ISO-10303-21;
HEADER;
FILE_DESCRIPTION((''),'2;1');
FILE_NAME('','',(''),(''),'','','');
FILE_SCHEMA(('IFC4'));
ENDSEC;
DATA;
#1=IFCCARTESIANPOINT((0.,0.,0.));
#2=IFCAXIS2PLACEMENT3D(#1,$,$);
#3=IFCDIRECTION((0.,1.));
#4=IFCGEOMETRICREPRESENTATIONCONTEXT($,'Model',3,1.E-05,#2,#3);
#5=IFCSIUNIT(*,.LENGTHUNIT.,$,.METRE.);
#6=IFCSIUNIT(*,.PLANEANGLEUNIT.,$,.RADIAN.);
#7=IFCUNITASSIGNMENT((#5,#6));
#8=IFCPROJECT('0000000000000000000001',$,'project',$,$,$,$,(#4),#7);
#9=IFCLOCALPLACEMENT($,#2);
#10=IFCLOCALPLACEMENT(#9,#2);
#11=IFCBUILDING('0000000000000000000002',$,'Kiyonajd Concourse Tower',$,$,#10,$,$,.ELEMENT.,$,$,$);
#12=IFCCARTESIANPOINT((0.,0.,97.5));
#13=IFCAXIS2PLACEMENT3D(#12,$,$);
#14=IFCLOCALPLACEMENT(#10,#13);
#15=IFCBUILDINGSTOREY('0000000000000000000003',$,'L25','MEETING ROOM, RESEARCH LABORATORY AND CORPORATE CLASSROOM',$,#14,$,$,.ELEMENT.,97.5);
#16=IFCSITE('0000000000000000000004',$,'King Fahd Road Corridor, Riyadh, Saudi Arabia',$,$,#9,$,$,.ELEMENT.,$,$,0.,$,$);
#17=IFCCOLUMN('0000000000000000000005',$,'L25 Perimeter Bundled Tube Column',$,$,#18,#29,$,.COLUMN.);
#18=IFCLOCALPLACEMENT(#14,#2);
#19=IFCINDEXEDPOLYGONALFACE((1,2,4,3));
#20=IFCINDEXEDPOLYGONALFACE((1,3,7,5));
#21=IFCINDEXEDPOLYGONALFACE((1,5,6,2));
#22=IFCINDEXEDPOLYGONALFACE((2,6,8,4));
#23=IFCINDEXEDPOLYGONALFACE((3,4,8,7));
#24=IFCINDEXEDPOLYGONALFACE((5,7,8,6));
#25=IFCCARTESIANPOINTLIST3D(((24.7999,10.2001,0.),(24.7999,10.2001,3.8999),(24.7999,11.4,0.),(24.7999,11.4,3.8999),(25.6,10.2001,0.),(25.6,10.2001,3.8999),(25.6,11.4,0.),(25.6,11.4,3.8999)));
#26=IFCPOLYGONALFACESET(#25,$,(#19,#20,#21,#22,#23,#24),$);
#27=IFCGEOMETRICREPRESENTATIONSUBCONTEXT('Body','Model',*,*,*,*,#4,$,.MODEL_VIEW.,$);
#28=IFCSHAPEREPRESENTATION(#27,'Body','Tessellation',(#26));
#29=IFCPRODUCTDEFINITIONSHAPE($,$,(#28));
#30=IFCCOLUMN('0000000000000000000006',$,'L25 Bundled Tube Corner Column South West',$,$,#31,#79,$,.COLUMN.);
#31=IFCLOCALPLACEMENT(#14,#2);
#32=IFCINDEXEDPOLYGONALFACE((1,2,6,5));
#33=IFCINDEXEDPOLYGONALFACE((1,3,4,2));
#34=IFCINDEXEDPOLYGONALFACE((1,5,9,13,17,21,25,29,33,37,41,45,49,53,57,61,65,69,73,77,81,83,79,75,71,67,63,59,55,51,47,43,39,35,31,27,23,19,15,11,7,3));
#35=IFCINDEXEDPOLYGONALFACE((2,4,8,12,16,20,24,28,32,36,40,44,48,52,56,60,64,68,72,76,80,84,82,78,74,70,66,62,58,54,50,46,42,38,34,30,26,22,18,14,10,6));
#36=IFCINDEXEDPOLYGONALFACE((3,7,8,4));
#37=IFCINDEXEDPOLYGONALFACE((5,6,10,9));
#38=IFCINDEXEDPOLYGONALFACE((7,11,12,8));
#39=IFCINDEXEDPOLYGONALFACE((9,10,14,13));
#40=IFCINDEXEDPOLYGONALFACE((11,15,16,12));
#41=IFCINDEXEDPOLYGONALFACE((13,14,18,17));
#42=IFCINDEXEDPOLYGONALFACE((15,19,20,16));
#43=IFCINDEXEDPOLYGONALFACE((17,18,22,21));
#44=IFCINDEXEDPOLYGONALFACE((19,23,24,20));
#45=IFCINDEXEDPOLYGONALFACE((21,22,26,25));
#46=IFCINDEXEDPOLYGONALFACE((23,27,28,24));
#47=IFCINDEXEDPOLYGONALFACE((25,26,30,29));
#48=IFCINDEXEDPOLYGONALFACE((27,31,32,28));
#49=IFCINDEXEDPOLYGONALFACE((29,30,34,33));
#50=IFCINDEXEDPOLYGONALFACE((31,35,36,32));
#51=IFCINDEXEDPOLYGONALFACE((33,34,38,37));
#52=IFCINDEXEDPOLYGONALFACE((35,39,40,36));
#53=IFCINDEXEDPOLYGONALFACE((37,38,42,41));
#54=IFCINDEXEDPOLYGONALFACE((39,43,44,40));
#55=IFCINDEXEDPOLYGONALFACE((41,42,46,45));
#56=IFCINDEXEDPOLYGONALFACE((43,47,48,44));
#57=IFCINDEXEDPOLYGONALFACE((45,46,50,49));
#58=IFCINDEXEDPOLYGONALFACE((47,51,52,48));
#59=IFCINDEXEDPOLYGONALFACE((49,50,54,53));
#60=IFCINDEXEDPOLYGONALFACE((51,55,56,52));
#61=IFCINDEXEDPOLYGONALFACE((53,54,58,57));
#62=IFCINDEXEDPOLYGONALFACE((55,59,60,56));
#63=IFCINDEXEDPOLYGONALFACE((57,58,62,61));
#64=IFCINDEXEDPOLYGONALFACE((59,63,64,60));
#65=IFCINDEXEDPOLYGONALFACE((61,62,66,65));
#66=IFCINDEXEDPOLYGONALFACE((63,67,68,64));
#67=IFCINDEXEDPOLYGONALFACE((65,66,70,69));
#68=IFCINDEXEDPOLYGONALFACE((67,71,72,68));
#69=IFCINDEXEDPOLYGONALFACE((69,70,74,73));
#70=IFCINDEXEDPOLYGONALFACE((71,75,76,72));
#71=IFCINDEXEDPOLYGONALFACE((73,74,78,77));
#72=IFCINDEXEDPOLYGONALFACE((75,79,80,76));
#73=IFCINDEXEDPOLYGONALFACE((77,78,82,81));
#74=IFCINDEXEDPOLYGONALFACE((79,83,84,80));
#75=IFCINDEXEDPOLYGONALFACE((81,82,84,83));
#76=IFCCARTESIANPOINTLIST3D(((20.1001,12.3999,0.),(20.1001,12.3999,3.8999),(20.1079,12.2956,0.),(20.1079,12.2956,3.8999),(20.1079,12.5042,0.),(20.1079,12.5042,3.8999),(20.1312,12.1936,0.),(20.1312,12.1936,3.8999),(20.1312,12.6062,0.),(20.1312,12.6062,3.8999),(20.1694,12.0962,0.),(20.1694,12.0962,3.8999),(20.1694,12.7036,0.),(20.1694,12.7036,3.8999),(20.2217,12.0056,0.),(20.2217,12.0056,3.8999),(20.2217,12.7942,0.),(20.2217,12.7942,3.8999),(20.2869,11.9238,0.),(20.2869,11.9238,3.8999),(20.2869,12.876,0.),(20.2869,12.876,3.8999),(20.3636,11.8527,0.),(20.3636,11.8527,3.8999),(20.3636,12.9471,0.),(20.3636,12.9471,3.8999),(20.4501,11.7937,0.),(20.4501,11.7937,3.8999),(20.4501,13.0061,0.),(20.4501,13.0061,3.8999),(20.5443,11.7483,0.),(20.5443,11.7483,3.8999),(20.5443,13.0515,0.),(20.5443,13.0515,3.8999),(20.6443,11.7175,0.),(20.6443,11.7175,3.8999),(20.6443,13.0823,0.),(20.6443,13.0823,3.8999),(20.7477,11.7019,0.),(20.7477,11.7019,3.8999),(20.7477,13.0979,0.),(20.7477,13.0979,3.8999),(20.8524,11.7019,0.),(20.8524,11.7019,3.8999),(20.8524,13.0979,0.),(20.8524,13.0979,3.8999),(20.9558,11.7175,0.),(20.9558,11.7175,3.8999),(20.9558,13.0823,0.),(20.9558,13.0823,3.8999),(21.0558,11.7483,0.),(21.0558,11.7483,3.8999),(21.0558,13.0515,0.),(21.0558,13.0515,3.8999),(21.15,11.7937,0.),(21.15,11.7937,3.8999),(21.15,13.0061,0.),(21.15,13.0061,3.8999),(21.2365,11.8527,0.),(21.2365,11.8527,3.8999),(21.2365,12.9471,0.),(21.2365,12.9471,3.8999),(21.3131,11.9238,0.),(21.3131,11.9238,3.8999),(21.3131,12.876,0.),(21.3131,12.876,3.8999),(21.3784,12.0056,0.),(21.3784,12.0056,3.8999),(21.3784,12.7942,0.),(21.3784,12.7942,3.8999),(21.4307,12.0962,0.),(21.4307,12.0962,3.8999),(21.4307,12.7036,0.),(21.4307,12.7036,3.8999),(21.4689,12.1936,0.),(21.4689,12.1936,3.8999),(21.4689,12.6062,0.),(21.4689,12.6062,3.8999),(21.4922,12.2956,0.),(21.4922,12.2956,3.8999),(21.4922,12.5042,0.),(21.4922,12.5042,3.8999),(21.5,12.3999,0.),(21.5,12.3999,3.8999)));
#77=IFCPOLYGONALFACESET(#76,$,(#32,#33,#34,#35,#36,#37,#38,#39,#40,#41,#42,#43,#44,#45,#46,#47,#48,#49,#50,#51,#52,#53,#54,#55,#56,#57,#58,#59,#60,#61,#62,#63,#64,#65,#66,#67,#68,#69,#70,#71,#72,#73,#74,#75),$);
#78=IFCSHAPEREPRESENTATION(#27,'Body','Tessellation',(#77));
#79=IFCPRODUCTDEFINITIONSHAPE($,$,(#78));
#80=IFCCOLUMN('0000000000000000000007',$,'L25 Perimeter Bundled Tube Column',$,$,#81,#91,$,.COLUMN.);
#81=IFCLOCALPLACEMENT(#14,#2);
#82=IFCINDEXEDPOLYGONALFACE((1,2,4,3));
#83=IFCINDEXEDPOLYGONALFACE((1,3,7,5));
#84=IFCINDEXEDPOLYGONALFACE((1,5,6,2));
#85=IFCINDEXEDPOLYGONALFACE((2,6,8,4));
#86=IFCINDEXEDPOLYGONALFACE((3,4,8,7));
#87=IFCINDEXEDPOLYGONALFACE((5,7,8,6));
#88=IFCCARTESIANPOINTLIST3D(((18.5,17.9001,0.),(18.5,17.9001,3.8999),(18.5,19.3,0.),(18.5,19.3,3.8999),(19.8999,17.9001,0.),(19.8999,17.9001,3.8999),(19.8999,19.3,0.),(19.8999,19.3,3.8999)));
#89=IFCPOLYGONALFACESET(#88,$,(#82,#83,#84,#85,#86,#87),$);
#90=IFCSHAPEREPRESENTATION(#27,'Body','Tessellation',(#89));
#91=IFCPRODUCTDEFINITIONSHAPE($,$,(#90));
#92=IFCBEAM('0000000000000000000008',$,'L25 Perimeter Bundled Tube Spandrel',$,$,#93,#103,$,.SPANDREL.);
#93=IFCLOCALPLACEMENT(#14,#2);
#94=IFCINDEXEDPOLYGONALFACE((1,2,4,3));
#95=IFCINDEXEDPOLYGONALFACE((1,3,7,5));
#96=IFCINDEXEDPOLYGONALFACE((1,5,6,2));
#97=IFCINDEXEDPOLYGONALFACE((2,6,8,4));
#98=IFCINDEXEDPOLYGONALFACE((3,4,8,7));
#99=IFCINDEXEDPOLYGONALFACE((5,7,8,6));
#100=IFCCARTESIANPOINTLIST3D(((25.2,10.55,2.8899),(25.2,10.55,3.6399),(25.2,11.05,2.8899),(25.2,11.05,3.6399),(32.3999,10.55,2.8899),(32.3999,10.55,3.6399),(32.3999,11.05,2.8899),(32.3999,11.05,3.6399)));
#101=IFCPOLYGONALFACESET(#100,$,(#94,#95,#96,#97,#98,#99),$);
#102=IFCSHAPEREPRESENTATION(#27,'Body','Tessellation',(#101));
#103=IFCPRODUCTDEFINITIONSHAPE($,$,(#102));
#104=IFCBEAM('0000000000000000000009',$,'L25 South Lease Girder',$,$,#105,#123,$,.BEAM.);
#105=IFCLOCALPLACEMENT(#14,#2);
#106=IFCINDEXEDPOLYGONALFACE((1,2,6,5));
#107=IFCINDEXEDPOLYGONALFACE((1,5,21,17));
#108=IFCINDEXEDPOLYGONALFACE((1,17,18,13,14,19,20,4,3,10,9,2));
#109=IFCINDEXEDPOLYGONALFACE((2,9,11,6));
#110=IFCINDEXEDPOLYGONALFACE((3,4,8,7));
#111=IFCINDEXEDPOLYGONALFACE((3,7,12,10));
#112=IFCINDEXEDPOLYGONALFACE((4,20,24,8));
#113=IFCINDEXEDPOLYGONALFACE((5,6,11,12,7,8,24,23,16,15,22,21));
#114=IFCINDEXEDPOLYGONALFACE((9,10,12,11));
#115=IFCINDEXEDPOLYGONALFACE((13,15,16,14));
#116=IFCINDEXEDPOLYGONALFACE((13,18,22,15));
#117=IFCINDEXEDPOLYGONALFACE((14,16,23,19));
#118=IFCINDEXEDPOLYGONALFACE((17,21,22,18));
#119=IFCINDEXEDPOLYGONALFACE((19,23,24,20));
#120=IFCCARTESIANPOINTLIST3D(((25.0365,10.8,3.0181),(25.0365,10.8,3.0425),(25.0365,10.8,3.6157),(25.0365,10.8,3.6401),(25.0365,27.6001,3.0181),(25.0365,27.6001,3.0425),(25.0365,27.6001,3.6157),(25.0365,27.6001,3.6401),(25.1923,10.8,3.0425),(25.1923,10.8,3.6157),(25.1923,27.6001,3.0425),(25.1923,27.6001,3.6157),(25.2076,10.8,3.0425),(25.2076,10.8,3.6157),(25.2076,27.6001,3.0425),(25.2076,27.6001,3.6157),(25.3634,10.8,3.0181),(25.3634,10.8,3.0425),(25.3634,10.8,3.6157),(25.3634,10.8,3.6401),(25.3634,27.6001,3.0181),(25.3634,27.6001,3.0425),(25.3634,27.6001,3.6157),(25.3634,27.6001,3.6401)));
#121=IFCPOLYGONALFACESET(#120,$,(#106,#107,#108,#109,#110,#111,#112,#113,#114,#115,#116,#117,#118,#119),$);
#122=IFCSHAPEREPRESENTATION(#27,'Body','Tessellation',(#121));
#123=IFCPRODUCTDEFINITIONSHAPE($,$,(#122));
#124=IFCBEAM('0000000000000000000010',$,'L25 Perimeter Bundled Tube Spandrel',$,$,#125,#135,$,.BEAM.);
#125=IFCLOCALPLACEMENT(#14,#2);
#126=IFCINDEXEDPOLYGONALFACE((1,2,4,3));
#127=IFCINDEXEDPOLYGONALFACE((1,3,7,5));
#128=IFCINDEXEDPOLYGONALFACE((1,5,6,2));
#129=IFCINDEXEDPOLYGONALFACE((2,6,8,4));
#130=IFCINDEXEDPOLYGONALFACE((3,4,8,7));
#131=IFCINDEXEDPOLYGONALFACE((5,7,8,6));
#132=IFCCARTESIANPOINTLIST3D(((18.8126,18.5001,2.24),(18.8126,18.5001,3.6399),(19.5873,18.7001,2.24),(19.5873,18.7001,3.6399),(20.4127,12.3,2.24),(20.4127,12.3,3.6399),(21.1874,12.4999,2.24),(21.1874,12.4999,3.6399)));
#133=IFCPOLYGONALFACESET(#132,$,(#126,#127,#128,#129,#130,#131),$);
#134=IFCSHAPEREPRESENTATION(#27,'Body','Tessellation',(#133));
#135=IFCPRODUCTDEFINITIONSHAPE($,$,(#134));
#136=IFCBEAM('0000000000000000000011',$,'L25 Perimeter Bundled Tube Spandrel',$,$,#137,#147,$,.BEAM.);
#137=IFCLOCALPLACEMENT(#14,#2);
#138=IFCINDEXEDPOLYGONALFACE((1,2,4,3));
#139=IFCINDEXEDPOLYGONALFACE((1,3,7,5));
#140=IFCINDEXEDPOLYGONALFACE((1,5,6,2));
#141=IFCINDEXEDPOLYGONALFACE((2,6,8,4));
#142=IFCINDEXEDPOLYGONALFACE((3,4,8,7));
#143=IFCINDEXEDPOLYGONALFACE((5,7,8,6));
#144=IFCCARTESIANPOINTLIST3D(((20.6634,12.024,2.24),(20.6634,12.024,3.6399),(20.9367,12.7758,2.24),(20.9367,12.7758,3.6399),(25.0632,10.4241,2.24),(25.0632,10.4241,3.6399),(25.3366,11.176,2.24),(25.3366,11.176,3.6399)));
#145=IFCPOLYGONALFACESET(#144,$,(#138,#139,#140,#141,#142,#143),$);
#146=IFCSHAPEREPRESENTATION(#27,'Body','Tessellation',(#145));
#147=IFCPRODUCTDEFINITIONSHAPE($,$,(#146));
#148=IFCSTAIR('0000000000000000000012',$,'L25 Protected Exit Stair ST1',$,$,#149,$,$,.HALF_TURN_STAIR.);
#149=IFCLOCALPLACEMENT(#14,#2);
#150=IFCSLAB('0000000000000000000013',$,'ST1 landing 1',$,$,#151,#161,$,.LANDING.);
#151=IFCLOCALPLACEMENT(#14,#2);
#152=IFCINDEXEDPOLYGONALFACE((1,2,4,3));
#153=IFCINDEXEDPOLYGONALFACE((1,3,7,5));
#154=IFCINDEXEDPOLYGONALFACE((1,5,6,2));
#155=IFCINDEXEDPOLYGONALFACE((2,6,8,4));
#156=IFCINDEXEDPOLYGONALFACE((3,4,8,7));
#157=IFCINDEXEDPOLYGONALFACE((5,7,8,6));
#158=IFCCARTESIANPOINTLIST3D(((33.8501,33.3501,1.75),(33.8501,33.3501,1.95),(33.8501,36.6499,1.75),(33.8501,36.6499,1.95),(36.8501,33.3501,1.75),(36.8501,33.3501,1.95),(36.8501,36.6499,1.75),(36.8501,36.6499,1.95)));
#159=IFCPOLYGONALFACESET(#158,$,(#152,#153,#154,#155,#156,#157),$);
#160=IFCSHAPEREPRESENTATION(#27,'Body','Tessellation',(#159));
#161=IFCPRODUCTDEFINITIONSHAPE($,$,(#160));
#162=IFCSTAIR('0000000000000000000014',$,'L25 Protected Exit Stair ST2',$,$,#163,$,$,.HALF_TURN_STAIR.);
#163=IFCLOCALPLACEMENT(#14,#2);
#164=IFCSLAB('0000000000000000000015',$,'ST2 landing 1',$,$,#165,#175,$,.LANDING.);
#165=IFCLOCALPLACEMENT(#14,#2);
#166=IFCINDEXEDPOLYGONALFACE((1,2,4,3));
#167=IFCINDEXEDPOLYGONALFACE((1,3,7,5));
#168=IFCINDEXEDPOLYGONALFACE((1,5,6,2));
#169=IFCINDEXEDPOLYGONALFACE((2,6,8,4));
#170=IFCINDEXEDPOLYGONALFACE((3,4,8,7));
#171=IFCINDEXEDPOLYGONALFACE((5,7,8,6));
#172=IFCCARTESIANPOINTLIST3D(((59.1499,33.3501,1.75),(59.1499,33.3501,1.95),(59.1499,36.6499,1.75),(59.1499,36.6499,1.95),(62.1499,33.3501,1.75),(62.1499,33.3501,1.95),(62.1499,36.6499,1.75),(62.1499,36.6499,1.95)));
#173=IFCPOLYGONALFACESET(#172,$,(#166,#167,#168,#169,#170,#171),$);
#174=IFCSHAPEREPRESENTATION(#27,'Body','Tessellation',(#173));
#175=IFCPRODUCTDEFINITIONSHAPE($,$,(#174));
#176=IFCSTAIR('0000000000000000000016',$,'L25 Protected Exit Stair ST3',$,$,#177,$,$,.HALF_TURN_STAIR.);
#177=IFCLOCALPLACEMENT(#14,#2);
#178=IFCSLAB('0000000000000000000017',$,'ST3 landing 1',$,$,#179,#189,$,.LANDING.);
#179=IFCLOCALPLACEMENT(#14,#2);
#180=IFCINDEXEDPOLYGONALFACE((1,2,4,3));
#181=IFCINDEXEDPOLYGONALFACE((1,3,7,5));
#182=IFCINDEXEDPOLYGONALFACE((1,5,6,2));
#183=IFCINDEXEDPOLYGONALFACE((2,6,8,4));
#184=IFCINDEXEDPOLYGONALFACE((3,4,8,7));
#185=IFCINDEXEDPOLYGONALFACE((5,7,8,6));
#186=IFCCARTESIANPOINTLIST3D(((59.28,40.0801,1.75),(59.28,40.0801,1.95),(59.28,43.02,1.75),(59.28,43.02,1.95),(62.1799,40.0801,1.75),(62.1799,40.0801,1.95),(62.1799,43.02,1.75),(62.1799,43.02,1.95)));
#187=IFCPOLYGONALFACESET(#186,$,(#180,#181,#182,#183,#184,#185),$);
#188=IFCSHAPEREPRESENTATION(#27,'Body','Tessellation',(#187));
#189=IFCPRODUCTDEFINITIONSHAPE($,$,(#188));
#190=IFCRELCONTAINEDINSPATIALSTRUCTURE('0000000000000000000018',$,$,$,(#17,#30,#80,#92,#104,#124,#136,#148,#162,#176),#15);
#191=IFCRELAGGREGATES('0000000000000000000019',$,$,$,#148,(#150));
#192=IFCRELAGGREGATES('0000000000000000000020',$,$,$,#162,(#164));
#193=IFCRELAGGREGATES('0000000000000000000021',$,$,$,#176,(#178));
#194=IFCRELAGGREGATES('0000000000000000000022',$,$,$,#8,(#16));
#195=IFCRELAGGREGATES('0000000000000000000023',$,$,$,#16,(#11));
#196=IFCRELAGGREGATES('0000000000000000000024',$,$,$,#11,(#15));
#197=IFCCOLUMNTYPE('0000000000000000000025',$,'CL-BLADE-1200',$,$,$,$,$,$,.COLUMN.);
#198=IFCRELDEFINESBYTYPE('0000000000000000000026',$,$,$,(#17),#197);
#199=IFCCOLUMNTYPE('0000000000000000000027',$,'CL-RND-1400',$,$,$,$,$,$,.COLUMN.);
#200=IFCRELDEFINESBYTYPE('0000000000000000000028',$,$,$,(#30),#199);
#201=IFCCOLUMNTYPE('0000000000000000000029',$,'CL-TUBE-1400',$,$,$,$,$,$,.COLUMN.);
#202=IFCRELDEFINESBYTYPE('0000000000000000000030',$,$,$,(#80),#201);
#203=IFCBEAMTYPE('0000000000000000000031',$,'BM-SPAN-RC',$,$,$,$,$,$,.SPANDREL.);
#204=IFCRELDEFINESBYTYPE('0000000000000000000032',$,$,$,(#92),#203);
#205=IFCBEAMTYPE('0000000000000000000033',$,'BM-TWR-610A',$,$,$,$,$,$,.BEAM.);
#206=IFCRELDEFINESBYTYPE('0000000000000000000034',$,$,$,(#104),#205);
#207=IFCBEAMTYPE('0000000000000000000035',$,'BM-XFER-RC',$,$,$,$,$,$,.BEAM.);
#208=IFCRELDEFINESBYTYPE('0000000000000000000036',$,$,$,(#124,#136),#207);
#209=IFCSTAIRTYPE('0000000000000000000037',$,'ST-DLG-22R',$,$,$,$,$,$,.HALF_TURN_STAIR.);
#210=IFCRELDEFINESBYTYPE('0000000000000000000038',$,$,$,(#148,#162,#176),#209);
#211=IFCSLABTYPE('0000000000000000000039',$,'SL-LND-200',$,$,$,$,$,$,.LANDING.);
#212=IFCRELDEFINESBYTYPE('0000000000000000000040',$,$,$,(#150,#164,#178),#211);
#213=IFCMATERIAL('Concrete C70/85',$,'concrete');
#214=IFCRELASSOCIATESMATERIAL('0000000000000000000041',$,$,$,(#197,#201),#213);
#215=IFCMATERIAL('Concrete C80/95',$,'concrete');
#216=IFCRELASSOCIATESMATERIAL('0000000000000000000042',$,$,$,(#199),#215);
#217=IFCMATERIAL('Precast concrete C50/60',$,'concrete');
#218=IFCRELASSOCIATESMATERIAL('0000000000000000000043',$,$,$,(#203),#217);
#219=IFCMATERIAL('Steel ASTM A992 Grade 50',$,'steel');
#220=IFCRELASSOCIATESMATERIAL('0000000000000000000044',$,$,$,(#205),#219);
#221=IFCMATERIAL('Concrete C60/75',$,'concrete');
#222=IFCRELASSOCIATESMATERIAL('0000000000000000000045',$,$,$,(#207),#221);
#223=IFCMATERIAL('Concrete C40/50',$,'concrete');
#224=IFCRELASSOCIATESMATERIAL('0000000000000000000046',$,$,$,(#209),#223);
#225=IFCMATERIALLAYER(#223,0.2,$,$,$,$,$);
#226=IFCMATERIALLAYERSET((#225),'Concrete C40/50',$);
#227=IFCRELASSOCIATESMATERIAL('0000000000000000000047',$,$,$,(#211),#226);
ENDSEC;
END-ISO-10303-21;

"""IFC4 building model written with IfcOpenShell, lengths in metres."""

from ifc_helpers import new_model, si_unit, direction, frame, origin, origin_2d, place, context, subcontext, project, spatial, polyline, rectangle, circle, i_section, outline, extrude, material, layer, layer_set, material_profile, profile_set, type_object, element, aggregate, save


model = new_model("IFC4")

# Units and contexts
model_context = context("Model", 3, precision=1e-05, world=origin(), true_north=direction((0.0, 1.0)))
body_context = subcontext(model_context, "Body", "Model", "MODEL_VIEW")
ifc_project = project(units=[si_unit("LENGTHUNIT", "METRE"), si_unit("PLANEANGLEUNIT", "RADIAN")], contexts=[model_context])

# Site, building, storey
site_placement = place(None, origin())
site = spatial("IfcSite", under=ifc_project, at=site_placement, Name="King Fahd Road Corridor, Riyadh, Saudi Arabia", CompositionType="ELEMENT", RefElevation=0.0)
building_placement = place(site_placement, origin())
building = spatial("IfcBuilding", under=site, at=building_placement, Name="Kiyonajd Concourse Tower", CompositionType="ELEMENT")
storey_placement = place(building_placement, frame((0.0, 0.0, 97.5)))
storey = spatial("IfcBuildingStorey", under=building, at=storey_placement, Name="L25", Description="MEETING ROOM, RESEARCH LABORATORY AND CORPORATE CLASSROOM", CompositionType="ELEMENT", Elevation=97.5)

# Columns
ifc_material_1 = material(Name="Concrete C70/85", Category="concrete")
ifc_material_profile_1 = material_profile(ifc_material_1, rectangle(XDim=0.8, YDim=1.2, at=origin_2d()), Name="RC-1200x800")
ifc_profile_set_1 = profile_set([ifc_material_profile_1], Name="Concrete C70/85")
column_type_1 = type_object("IfcColumnType", Name="CL-BLADE-1200", PredefinedType="COLUMN", material=ifc_profile_set_1)
column_1_placement = place(storey_placement, frame((25.2, 10.8, 0.0), z_axis=(0.0, 0.0, 1.0), x_axis=(1.0, 0.0, 0.0)))
element("IfcColumn", 1, at=column_1_placement, inside=storey, type_object=column_type_1, Name="L25 Perimeter Bundled Tube Column", PredefinedType="COLUMN", context=body_context, shape_type="SweptSolid", body=[
    extrude(rectangle(XDim=0.8, YDim=1.2, at=origin_2d()), origin(), (0.0, 0.0, 1.0), 3.8999),
])
ifc_material_2 = material(Name="Concrete C80/95", Category="concrete")
ifc_material_profile_2 = material_profile(ifc_material_2, circle(Radius=0.7, at=origin_2d()), Name="RCC-D1400")
ifc_profile_set_2 = profile_set([ifc_material_profile_2], Name="Concrete C80/95")
column_type_2 = type_object("IfcColumnType", Name="CL-RND-1400", PredefinedType="COLUMN", material=ifc_profile_set_2)
column_2_placement = place(storey_placement, frame((20.8, 12.3999, 0.0), z_axis=(0.0, 0.0, 1.0), x_axis=(1.0, 0.0, 0.0)))
element("IfcColumn", 2, at=column_2_placement, inside=storey, type_object=column_type_2, Name="L25 Bundled Tube Corner Column South West", PredefinedType="COLUMN", context=body_context, shape_type="SweptSolid", body=[
    extrude(circle(Radius=0.7, at=origin_2d()), origin(), (0.0, 0.0, 1.0), 3.8999),
])
ifc_material_profile_3 = material_profile(ifc_material_1, rectangle(XDim=1.3999, YDim=1.3999, at=origin_2d()), Name="RC-1400x1400")
ifc_profile_set_3 = profile_set([ifc_material_profile_3], Name="Concrete C70/85")
column_type_3 = type_object("IfcColumnType", Name="CL-TUBE-1400", PredefinedType="COLUMN", material=ifc_profile_set_3)
column_3_placement = place(storey_placement, frame((19.2, 18.6001, 0.0), z_axis=(0.0, 0.0, 1.0), x_axis=(1.0, 0.0, 0.0)))
element("IfcColumn", 3, at=column_3_placement, inside=storey, type_object=column_type_3, Name="L25 Perimeter Bundled Tube Column", PredefinedType="COLUMN", context=body_context, shape_type="SweptSolid", body=[
    extrude(rectangle(XDim=1.3999, YDim=1.3999, at=origin_2d()), origin(), (0.0, 0.0, 1.0), 3.8999),
])

# Beams
ifc_material_3 = material(Name="Precast concrete C50/60", Category="concrete")
ifc_material_profile_4 = material_profile(ifc_material_3, rectangle(XDim=0.5, YDim=0.75, at=origin_2d()), Name="RCBM-500x750")
ifc_profile_set_4 = profile_set([ifc_material_profile_4], Name="Precast concrete C50/60")
beam_type_1 = type_object("IfcBeamType", Name="BM-SPAN-RC", PredefinedType="SPANDREL", material=ifc_profile_set_4)
beam_1_placement = place(storey_placement, frame((25.2, 10.8, 3.2649), z_axis=(1.0, 0.0, 0.0), x_axis=(0.0, 1.0, 0.0)))
element("IfcBeam", 4, at=beam_1_placement, inside=storey, type_object=beam_type_1, Name="L25 Perimeter Bundled Tube Spandrel", PredefinedType="SPANDREL", context=body_context, shape_type="SweptSolid", body=[
    extrude(rectangle(XDim=0.5, YDim=0.75, at=origin_2d()), origin(), (0.0, 0.0, 1.0), 7.2),
])
ifc_material_4 = material(Name="Steel ASTM A992 Grade 50", Category="steel")
ifc_material_profile_5 = material_profile(ifc_material_4, i_section(OverallWidth=0.3269, OverallDepth=0.6221, WebThickness=0.0154, FlangeThickness=0.0244, at=origin_2d()), Name="W610X195")
ifc_profile_set_5 = profile_set([ifc_material_profile_5], Name="Steel ASTM A992 Grade 50")
beam_type_2 = type_object("IfcBeamType", Name="BM-TWR-610A", PredefinedType="BEAM", material=ifc_profile_set_5)
beam_2_placement = place(storey_placement, frame((25.2, 10.8, 3.3291), z_axis=(0.0, 1.0, 0.0), x_axis=(-1.0, 0.0, 0.0)))
element("IfcBeam", 5, at=beam_2_placement, inside=storey, type_object=beam_type_2, Name="L25 South Lease Girder", PredefinedType="BEAM", context=body_context, shape_type="SweptSolid", body=[
    extrude(i_section(OverallWidth=0.3269, OverallDepth=0.6221, WebThickness=0.0154, FlangeThickness=0.0244, at=origin_2d()), origin(), (0.0, 0.0, 1.0), 16.8),
])
ifc_material_5 = material(Name="Concrete C60/75", Category="concrete")
ifc_material_profile_6 = material_profile(ifc_material_5, rectangle(XDim=0.8, YDim=1.3999, at=origin_2d()), Name="RCBM-800x1400")
ifc_profile_set_6 = profile_set([ifc_material_profile_6], Name="Concrete C60/75")
beam_type_3 = type_object("IfcBeamType", Name="BM-XFER-RC", PredefinedType="BEAM", material=ifc_profile_set_6)
beam_3_placement = place(storey_placement, frame((19.2, 18.6001, 2.9399), z_axis=(0.249885, -0.968276, 0.0), x_axis=(0.968276, 0.249885, 0.0)))
element("IfcBeam", 6, at=beam_3_placement, inside=storey, type_object=beam_type_3, Name="L25 Perimeter Bundled Tube Spandrel", PredefinedType="BEAM", context=body_context, shape_type="SweptSolid", body=[
    extrude(rectangle(XDim=0.8, YDim=1.3999, at=origin_2d()), origin(), (0.0, 0.0, 1.0), 6.4033),
])
beam_4_placement = place(storey_placement, frame((20.8, 12.3999, 2.9399), z_axis=(0.939801, -0.341722, 0.0), x_axis=(0.341722, 0.939801, 0.0)))
element("IfcBeam", 7, at=beam_4_placement, inside=storey, type_object=beam_type_3, Name="L25 Perimeter Bundled Tube Spandrel", PredefinedType="BEAM", context=body_context, shape_type="SweptSolid", body=[
    extrude(rectangle(XDim=0.8, YDim=1.3999, at=origin_2d()), origin(), (0.0, 0.0, 1.0), 4.6816),
])

# Stairs, slabs
ifc_material_6 = material(Name="Concrete C40/50", Category="concrete")
stair_type = type_object("IfcStairType", Name="ST-DLG-22R", PredefinedType="HALF_TURN_STAIR", material=ifc_material_6)
stair_1_placement = place(storey_placement, origin())
stair_1 = element("IfcStair", 8, at=stair_1_placement, inside=storey, type_object=stair_type, Name="L25 Protected Exit Stair ST1", PredefinedType="HALF_TURN_STAIR")
ifc_layer_1 = layer(ifc_material_6, 0.2)
ifc_layer_set_1 = layer_set([ifc_layer_1], Name="Concrete C40/50")
slab_type_1 = type_object("IfcSlabType", Name="SL-LND-200", PredefinedType="LANDING", material=ifc_layer_set_1)
slab_1_placement = place(storey_placement, frame((0.0, 0.0, 1.75)))
slab_1 = element("IfcSlab", 9, at=slab_1_placement, type_object=slab_type_1, Name="ST1 landing 1", PredefinedType="LANDING", context=body_context, shape_type="SweptSolid", body=[
    extrude(outline(polyline([(36.8501, 33.3501), (36.8501, 36.6499), (33.8501, 36.6499), (33.8501, 33.3501), (36.8501, 33.3501)])), origin(), (0.0, 0.0, 1.0), 0.2),
])
aggregate(stair_1, [slab_1])
stair_2_placement = place(storey_placement, origin())
stair_2 = element("IfcStair", 10, at=stair_2_placement, inside=storey, type_object=stair_type, Name="L25 Protected Exit Stair ST2", PredefinedType="HALF_TURN_STAIR")
slab_2_placement = place(storey_placement, frame((0.0, 0.0, 1.75)))
slab_2 = element("IfcSlab", 11, at=slab_2_placement, type_object=slab_type_1, Name="ST2 landing 1", PredefinedType="LANDING", context=body_context, shape_type="SweptSolid", body=[
    extrude(outline(polyline([(62.1499, 33.3501), (62.1499, 36.6499), (59.1499, 36.6499), (59.1499, 33.3501), (62.1499, 33.3501)])), origin(), (0.0, 0.0, 1.0), 0.2),
])
aggregate(stair_2, [slab_2])
stair_3_placement = place(storey_placement, origin())
stair_3 = element("IfcStair", 12, at=stair_3_placement, inside=storey, type_object=stair_type, Name="L25 Protected Exit Stair ST3", PredefinedType="HALF_TURN_STAIR")
slab_3_placement = place(storey_placement, frame((0.0, 0.0, 1.75)))
slab_3 = element("IfcSlab", 13, at=slab_3_placement, type_object=slab_type_1, Name="ST3 landing 1", PredefinedType="LANDING", context=body_context, shape_type="SweptSolid", body=[
    extrude(outline(polyline([(59.28, 40.0801), (62.1799, 40.0801), (62.1799, 43.02), (59.28, 43.02), (59.28, 40.0801)])), origin(), (0.0, 0.0, 1.0), 0.2),
])
aggregate(stair_3, [slab_3])

save(model, "model.ifc")
